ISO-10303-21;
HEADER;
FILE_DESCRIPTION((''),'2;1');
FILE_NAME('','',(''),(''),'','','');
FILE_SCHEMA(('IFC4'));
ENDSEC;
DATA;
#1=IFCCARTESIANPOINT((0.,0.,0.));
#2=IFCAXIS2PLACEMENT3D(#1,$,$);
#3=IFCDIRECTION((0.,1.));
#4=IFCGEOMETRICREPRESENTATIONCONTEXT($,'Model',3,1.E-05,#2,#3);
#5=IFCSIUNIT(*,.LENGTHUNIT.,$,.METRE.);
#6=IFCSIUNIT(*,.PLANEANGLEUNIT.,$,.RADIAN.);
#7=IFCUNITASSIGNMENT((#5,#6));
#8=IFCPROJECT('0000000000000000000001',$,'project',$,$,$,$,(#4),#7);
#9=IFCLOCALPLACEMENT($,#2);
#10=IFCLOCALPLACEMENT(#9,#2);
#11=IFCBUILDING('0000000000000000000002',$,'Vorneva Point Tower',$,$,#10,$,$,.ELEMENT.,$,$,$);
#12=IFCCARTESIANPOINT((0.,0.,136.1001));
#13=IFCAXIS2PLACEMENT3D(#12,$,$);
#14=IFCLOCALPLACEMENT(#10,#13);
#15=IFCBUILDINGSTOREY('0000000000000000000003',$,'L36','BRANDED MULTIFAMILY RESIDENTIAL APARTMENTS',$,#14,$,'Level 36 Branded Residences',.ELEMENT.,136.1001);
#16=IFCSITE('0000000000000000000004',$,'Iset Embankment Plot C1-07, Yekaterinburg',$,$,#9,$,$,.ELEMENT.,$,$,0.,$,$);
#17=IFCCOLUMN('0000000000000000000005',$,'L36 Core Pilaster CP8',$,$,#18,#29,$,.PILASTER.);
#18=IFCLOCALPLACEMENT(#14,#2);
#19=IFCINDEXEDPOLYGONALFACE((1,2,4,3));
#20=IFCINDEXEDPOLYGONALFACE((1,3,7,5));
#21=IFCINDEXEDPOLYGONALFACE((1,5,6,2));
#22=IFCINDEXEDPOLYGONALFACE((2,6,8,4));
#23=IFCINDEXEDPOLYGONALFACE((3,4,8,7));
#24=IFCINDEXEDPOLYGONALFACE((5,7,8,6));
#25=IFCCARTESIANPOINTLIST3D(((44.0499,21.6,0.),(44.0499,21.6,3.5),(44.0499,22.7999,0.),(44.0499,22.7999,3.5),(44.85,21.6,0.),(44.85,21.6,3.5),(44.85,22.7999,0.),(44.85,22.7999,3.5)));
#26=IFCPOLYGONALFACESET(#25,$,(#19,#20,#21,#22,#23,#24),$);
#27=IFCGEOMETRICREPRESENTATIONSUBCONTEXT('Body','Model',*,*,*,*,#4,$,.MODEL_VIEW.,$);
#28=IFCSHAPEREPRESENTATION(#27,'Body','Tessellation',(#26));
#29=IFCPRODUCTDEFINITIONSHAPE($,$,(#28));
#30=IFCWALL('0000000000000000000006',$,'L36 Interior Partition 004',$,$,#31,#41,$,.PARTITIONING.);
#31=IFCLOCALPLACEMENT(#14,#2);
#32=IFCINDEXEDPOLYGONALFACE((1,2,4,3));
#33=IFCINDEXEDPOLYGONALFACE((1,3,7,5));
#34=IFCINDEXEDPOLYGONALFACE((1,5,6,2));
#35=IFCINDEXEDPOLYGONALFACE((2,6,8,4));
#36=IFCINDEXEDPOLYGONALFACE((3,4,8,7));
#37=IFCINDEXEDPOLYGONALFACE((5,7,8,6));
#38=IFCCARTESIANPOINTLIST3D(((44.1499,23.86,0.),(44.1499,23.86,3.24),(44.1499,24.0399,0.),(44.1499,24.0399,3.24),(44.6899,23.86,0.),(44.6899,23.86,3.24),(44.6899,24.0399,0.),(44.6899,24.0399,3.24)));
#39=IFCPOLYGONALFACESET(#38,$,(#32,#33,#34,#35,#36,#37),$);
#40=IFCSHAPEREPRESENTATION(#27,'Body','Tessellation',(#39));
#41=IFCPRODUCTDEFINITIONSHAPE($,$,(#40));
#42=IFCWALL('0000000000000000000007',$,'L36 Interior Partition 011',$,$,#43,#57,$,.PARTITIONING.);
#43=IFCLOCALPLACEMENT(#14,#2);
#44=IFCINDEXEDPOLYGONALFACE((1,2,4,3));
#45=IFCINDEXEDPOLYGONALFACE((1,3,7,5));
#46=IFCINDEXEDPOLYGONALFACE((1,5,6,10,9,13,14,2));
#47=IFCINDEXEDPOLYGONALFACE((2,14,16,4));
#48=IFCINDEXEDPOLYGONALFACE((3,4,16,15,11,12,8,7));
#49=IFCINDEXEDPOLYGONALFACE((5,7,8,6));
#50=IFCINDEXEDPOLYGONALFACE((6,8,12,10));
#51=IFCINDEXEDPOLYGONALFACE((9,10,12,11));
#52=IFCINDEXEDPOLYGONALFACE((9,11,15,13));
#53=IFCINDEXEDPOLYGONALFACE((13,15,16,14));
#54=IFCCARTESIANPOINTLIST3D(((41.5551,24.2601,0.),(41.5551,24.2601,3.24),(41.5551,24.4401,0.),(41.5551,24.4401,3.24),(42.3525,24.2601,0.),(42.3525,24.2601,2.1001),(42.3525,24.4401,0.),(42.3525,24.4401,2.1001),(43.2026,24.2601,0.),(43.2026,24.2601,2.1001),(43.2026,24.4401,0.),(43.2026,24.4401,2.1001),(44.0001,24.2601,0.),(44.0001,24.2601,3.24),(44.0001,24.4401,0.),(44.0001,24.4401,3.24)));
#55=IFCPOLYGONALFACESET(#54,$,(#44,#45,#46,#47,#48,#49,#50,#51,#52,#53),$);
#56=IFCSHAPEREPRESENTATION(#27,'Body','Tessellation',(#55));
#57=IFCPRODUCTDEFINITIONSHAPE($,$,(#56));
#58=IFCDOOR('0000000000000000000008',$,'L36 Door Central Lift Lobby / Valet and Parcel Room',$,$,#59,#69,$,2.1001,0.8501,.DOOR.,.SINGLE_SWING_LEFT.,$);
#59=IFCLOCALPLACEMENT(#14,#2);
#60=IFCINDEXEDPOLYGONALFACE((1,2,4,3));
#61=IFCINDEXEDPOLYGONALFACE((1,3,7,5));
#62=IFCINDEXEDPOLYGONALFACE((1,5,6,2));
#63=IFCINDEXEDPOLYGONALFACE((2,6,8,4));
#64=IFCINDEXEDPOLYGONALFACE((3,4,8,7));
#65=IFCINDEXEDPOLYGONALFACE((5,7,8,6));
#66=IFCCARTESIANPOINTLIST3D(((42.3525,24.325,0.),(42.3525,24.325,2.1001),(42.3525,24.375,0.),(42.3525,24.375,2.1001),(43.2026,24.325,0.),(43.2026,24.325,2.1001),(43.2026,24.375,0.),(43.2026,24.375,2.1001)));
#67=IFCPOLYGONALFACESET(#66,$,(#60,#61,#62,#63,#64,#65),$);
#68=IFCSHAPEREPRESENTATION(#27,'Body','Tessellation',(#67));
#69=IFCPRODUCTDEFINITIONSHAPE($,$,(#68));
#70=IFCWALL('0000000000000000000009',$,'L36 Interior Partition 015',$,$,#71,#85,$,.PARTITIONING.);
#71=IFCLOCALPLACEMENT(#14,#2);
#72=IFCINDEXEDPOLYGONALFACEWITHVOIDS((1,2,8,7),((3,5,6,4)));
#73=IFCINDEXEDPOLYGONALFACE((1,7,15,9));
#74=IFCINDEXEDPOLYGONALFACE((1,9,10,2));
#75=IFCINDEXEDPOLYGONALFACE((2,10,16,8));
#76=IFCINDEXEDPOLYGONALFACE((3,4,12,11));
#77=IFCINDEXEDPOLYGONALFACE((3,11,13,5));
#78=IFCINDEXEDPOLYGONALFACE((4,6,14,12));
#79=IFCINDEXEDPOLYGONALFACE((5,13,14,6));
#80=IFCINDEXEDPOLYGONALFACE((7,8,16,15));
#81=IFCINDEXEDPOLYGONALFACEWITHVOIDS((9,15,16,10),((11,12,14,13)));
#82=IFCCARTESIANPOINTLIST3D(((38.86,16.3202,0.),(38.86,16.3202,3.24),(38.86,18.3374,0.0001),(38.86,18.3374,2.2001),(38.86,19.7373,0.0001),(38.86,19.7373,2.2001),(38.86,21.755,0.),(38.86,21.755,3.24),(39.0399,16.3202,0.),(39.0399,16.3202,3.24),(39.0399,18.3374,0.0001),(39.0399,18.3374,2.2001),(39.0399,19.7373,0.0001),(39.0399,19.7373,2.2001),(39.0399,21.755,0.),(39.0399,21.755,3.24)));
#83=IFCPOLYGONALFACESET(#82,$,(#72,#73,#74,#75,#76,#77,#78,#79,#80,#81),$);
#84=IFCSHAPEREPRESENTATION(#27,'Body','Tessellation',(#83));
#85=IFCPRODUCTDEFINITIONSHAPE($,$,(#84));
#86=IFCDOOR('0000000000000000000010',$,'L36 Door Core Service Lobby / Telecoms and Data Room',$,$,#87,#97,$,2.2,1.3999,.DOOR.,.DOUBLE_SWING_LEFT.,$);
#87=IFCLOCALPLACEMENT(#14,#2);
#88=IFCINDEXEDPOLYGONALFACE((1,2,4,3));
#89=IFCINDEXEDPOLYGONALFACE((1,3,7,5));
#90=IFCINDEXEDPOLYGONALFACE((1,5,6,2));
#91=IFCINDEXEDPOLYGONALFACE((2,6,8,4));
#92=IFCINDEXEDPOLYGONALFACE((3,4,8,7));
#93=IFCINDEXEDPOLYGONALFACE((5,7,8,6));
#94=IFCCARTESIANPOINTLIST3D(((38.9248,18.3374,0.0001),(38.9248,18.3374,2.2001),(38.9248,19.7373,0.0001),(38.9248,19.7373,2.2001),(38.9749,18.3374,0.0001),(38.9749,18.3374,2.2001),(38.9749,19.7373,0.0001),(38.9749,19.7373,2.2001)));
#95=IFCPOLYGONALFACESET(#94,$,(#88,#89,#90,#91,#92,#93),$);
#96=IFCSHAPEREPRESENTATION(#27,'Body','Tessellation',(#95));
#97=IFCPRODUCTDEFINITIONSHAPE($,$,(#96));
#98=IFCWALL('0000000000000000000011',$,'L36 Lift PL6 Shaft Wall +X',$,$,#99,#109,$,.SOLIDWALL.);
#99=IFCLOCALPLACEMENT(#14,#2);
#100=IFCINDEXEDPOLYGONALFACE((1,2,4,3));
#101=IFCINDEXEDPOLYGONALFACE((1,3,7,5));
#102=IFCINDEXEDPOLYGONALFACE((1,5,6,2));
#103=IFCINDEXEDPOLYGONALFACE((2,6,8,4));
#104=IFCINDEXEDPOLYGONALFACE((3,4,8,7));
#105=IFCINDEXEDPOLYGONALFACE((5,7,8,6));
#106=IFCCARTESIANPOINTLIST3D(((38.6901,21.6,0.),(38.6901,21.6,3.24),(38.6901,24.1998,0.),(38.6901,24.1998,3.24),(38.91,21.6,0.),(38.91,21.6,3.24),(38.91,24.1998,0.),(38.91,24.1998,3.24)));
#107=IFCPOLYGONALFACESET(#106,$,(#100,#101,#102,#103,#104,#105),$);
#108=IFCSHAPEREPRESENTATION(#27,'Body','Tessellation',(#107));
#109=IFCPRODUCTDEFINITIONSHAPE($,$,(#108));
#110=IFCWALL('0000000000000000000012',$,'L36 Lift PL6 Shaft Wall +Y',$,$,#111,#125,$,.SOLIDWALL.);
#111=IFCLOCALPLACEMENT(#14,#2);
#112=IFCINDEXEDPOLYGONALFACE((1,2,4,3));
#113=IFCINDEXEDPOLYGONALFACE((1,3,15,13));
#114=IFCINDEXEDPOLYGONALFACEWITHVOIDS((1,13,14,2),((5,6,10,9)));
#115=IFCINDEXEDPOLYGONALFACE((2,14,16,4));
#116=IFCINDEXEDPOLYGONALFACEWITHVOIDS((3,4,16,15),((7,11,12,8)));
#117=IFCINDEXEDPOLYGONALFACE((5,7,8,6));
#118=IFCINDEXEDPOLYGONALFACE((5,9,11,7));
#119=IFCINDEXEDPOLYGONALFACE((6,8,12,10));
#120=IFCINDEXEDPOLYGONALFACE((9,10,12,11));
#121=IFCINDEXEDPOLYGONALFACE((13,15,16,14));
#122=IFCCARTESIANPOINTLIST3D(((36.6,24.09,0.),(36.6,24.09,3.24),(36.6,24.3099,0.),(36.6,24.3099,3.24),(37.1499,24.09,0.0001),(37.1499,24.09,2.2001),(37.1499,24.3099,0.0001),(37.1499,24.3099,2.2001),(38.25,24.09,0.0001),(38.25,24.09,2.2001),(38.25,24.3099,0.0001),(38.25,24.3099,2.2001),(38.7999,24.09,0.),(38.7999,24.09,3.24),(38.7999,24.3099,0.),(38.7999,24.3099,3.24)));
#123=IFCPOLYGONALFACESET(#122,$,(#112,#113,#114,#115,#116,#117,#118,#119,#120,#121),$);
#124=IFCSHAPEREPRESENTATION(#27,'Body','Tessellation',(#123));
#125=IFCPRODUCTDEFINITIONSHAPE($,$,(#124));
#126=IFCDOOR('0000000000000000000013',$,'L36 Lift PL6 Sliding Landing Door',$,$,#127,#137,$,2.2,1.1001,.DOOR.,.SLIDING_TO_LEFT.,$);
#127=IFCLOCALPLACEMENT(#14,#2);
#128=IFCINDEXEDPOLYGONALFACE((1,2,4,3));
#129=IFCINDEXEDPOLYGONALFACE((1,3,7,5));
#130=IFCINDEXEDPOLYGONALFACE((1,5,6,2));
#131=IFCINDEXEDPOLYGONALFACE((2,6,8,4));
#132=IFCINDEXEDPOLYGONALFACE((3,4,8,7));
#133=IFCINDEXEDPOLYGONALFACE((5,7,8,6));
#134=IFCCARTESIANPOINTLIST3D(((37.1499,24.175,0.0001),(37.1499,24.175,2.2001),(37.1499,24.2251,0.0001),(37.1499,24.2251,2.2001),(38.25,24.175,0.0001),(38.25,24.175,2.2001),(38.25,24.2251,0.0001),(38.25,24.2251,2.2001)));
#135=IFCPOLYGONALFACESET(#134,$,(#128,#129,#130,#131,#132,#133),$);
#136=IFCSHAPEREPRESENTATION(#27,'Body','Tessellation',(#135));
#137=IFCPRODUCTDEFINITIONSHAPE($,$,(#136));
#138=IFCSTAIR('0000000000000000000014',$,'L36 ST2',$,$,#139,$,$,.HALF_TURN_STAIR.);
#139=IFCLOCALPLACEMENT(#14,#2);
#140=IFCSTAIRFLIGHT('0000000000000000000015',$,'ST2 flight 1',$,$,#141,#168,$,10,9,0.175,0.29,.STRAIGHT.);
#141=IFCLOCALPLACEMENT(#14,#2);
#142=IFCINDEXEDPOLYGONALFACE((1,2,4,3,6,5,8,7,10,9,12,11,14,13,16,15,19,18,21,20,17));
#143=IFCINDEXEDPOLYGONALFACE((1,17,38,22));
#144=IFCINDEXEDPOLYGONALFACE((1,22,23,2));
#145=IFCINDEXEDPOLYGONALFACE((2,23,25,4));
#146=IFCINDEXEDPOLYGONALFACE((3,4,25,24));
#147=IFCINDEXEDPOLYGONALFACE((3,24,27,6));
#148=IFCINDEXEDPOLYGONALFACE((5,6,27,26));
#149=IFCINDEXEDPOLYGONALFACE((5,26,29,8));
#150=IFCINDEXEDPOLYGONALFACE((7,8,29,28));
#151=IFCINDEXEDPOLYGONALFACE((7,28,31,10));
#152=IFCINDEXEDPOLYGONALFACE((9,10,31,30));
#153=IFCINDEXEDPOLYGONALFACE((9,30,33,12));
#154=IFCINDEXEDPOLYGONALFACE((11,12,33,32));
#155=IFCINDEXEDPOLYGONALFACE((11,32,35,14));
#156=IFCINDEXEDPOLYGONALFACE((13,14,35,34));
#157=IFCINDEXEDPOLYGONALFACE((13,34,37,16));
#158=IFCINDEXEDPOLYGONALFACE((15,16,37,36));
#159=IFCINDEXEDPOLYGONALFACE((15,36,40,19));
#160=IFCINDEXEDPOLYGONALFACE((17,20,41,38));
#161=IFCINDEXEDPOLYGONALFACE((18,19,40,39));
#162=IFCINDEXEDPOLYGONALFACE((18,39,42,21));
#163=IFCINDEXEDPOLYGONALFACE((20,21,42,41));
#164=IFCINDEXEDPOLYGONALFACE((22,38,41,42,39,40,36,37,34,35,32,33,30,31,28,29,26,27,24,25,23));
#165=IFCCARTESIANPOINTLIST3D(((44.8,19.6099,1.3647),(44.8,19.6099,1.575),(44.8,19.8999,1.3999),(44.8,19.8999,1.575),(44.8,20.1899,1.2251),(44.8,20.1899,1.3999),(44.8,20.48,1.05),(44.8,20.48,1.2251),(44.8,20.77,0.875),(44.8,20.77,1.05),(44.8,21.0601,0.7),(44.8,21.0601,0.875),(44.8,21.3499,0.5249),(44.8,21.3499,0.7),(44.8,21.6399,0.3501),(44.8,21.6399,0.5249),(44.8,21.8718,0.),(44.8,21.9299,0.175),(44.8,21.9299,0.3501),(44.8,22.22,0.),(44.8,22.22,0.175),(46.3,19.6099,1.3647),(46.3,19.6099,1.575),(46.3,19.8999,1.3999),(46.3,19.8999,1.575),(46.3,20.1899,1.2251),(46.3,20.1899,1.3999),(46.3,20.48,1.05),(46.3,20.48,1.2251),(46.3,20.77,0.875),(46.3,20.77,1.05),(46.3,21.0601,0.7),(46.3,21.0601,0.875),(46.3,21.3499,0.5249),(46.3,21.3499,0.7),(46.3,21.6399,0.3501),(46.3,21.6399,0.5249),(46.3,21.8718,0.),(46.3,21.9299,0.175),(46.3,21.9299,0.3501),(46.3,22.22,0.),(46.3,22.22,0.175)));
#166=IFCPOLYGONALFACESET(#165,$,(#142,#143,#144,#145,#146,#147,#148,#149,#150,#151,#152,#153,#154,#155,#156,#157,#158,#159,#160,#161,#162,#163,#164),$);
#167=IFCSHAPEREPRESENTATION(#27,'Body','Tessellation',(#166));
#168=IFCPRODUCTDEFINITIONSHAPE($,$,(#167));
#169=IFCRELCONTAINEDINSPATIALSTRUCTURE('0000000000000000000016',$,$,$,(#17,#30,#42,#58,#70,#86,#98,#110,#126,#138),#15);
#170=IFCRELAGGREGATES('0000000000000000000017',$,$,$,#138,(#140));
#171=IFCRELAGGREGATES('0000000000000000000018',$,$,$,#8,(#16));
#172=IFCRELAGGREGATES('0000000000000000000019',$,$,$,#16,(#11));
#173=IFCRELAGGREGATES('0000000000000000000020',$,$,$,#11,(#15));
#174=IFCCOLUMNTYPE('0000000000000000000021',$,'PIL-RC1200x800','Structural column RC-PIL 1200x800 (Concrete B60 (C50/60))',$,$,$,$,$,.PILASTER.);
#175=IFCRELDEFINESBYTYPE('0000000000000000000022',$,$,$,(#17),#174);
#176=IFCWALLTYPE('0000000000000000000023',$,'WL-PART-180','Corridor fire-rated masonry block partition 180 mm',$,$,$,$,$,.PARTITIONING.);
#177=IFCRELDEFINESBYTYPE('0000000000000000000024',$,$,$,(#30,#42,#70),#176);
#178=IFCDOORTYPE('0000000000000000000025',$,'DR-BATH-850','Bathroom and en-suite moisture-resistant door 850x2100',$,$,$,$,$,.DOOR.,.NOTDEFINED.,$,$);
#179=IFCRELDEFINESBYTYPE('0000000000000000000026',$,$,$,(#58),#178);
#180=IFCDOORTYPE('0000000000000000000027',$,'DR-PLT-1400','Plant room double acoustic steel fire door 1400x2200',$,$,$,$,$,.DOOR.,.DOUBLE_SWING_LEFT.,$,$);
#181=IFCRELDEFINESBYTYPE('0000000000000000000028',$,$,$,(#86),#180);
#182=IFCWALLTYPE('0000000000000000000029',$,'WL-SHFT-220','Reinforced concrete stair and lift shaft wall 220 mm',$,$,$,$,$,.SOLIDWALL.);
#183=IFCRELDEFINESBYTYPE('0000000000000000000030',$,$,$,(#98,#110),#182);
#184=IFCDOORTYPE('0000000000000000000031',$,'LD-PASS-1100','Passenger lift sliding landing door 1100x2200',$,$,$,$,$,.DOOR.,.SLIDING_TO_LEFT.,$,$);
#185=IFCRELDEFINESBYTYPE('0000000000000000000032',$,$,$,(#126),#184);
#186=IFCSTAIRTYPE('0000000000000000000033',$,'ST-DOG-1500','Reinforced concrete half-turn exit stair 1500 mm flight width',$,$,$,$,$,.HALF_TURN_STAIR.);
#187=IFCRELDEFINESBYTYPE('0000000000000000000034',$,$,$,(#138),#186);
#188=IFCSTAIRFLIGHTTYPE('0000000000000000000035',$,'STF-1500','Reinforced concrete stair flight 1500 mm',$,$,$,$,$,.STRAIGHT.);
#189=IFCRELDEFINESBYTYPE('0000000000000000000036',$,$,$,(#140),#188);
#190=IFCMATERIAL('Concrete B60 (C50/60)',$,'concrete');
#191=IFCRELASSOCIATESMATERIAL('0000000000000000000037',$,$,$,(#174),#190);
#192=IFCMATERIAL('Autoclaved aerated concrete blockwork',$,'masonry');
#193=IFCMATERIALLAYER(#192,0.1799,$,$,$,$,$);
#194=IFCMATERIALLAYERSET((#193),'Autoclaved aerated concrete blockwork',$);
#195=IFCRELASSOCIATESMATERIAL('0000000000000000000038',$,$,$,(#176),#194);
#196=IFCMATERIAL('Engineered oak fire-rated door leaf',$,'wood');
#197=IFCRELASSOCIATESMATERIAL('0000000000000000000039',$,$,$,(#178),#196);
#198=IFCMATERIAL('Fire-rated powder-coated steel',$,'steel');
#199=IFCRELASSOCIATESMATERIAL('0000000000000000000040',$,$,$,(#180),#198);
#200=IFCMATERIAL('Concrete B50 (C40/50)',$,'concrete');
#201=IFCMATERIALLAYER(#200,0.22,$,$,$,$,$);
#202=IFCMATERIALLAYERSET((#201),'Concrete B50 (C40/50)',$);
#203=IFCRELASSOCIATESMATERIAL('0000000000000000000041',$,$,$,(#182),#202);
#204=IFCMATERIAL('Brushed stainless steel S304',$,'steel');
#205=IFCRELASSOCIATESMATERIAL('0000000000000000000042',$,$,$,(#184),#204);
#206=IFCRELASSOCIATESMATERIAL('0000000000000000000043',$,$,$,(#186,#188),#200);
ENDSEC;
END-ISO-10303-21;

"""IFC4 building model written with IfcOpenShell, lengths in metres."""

from ifc_helpers import new_model, si_unit, direction, frame, frame_2d, origin, origin_2d, place, context, subcontext, project, spatial, polyline, rectangle, outline, extrude, material, layer, layer_set, material_profile, profile_set, type_object, element, fill, aggregate, save


model = new_model("IFC4")

# Units and contexts
model_context = context("Model", 3, precision=1e-05, world=origin(), true_north=direction((0.0, 1.0)))
body_context = subcontext(model_context, "Body", "Model", "MODEL_VIEW")
ifc_project = project(units=[si_unit("LENGTHUNIT", "METRE"), si_unit("PLANEANGLEUNIT", "RADIAN")], contexts=[model_context])

# Site, building, storey
site_placement = place(None, origin())
site = spatial("IfcSite", under=ifc_project, at=site_placement, Name="Iset Embankment Plot C1-07, Yekaterinburg", CompositionType="ELEMENT", RefElevation=0.0)
building_placement = place(site_placement, origin())
building = spatial("IfcBuilding", under=site, at=building_placement, Name="Vorneva Point Tower", CompositionType="ELEMENT")
storey_placement = place(building_placement, frame((0.0, 0.0, 136.1001)))
storey = spatial("IfcBuildingStorey", under=building, at=storey_placement, Name="L36", Description="BRANDED MULTIFAMILY RESIDENTIAL APARTMENTS", LongName="Level 36 Branded Residences", CompositionType="ELEMENT", Elevation=136.1001)

# Column
ifc_material_1 = material(Name="Concrete B60 (C50/60)", Category="concrete")
ifc_material_profile = material_profile(ifc_material_1, rectangle(XDim=0.8, YDim=1.2, at=origin_2d()), Name="RC-PIL 1200x800")
ifc_profile_set = profile_set([ifc_material_profile], Name="Concrete B60 (C50/60)")
column_type = type_object("IfcColumnType", Name="PIL-RC1200x800", Description="Structural column RC-PIL 1200x800 (Concrete B60 (C50/60))", PredefinedType="PILASTER", material=ifc_profile_set)
column_placement = place(storey_placement, frame((44.45, 22.2, 0.0), z_axis=(0.0, 0.0, 1.0), x_axis=(1.0, 0.0, 0.0)))
element("IfcColumn", 1, at=column_placement, inside=storey, type_object=column_type, Name="L36 Core Pilaster CP8", PredefinedType="PILASTER", context=body_context, shape_type="SweptSolid", body=[
    extrude(rectangle(XDim=0.8, YDim=1.2, at=origin_2d()), origin(), (0.0, 0.0, 1.0), 3.5),
])

# Wall
ifc_material_2 = material(Name="Autoclaved aerated concrete blockwork", Category="masonry")
ifc_layer_1 = layer(ifc_material_2, 0.1799)
ifc_layer_set_1 = layer_set([ifc_layer_1], Name="Autoclaved aerated concrete blockwork")
wall_type_1 = type_object("IfcWallType", Name="WL-PART-180", Description="Corridor fire-rated masonry block partition 180 mm", PredefinedType="PARTITIONING", material=ifc_layer_set_1)
wall_1_placement = place(storey_placement, frame((44.1499, 23.95, 0.0), z_axis=(0.0, 0.0, 1.0), x_axis=(1.0, 0.0, 0.0)))
element("IfcWall", 2, at=wall_1_placement, inside=storey, type_object=wall_type_1, Name="L36 Interior Partition 004", PredefinedType="PARTITIONING", context=body_context, shape_type="SweptSolid", body=[
    extrude(rectangle(XDim=0.54, YDim=0.1799, at=frame_2d((0.27, 0.0))), origin(), (0.0, 0.0, 1.0), 3.24),
])

# Walls, openings, doors
ifc_material_3 = material(Name="Fire-rated powder-coated steel", Category="steel")
wall_2_placement = place(storey_placement, frame((41.5549, 24.3501, 0.0), z_axis=(0.0, 0.0, 1.0), x_axis=(1.0, 0.0, 0.0)))
wall_2 = element("IfcWall", 3, at=wall_2_placement, inside=storey, type_object=wall_type_1, Name="L36 Interior Partition 011", PredefinedType="PARTITIONING", context=body_context, shape_type="SweptSolid", body=[
    extrude(rectangle(XDim=2.4451, YDim=0.1799, at=frame_2d((1.2227, 0.0))), origin(), (0.0, 0.0, 1.0), 3.24),
])
opening_1_placement = place(wall_2_placement, frame((0.7976, 0.0, 0.0)))
opening_1 = element("IfcOpeningElement", 4, at=opening_1_placement, cuts=wall_2, PredefinedType="OPENING", context=body_context, shape_type="SweptSolid", body=[
    extrude(rectangle(XDim=0.8501, YDim=2.1001, at=frame_2d((0.425, 1.05))), frame((0.0, 0.105, 0.0), z_axis=(0.0, -1.0, 0.0), x_axis=(1.0, 0.0, 0.0)), (0.0, 0.0, 1.0), 0.2097),
])
ifc_material_4 = material(Name="Engineered oak fire-rated door leaf", Category="wood")
door_type_1 = type_object("IfcDoorType", Name="DR-BATH-850", Description="Bathroom and en-suite moisture-resistant door 850x2100", OperationType="NOTDEFINED", PredefinedType="DOOR", material=ifc_material_4)
door_1_placement = place(opening_1_placement, origin())
door_1 = element("IfcDoor", 5, at=door_1_placement, inside=storey, type_object=door_type_1, Name="L36 Door Central Lift Lobby / Valet and Parcel Room", OperationType="SINGLE_SWING_LEFT", OverallHeight=2.1001, OverallWidth=0.8501, PredefinedType="DOOR", context=body_context, shape_type="SweptSolid", body=[
    extrude(rectangle(XDim=0.8501, YDim=2.1001, at=frame_2d((0.425, 1.05))), frame((0.0, 0.0249, 0.0), z_axis=(0.0, -1.0, 0.0), x_axis=(1.0, 0.0, 0.0)), (0.0, 0.0, 1.0), 0.05),
])
fill(opening_1, door_1)
wall_3_placement = place(storey_placement, frame((38.95, 21.7549, 0.0), z_axis=(0.0, 0.0, 1.0), x_axis=(0.0, -1.0, 0.0)))
wall_3 = element("IfcWall", 6, at=wall_3_placement, inside=storey, type_object=wall_type_1, Name="L36 Interior Partition 015", PredefinedType="PARTITIONING", context=body_context, shape_type="SweptSolid", body=[
    extrude(rectangle(XDim=5.4348, YDim=0.1799, at=frame_2d((2.7173, 0.0))), origin(), (0.0, 0.0, 1.0), 3.24),
])
opening_2_placement = place(wall_3_placement, frame((2.0176, 0.0, 0.0)))
opening_2 = element("IfcOpeningElement", 7, at=opening_2_placement, cuts=wall_3, PredefinedType="OPENING", context=body_context, shape_type="SweptSolid", body=[
    extrude(rectangle(XDim=1.3999, YDim=2.2, at=frame_2d((0.7, 1.1001))), frame((0.0, 0.105, 0.0), z_axis=(0.0, -1.0, 0.0), x_axis=(1.0, 0.0, 0.0)), (0.0, 0.0, 1.0), 0.2097),
])
door_type_2 = type_object("IfcDoorType", Name="DR-PLT-1400", Description="Plant room double acoustic steel fire door 1400x2200", OperationType="DOUBLE_SWING_LEFT", PredefinedType="DOOR", material=ifc_material_3)
door_2_placement = place(opening_2_placement, origin())
door_2 = element("IfcDoor", 8, at=door_2_placement, inside=storey, type_object=door_type_2, Name="L36 Door Core Service Lobby / Telecoms and Data Room", OperationType="DOUBLE_SWING_LEFT", OverallHeight=2.2, OverallWidth=1.3999, PredefinedType="DOOR", context=body_context, shape_type="SweptSolid", body=[
    extrude(rectangle(XDim=1.3999, YDim=2.2, at=frame_2d((0.7, 1.1001))), frame((0.0, 0.0249, 0.0), z_axis=(0.0, -1.0, 0.0), x_axis=(1.0, 0.0, 0.0)), (0.0, 0.0, 1.0), 0.05),
])
fill(opening_2, door_2)
ifc_material_5 = material(Name="Concrete B50 (C40/50)", Category="concrete")
ifc_layer_2 = layer(ifc_material_5, 0.22)
ifc_layer_set_2 = layer_set([ifc_layer_2], Name="Concrete B50 (C40/50)")
wall_type_2 = type_object("IfcWallType", Name="WL-SHFT-220", Description="Reinforced concrete stair and lift shaft wall 220 mm", PredefinedType="SOLIDWALL", material=ifc_layer_set_2)

# Wall
wall_4_placement = place(storey_placement, frame((38.8, 21.6001, 0.0), z_axis=(0.0, 0.0, 1.0), x_axis=(0.0, 1.0, 0.0)))
element("IfcWall", 9, at=wall_4_placement, inside=storey, type_object=wall_type_2, Name="L36 Lift PL6 Shaft Wall +X", PredefinedType="SOLIDWALL", context=body_context, shape_type="SweptSolid", body=[
    extrude(rectangle(XDim=2.5999, YDim=0.22, at=frame_2d((1.2998, 0.0))), origin(), (0.0, 0.0, 1.0), 3.24),
])

# Wall, opening, door
wall_5_placement = place(storey_placement, frame((38.8, 24.2, 0.0), z_axis=(0.0, 0.0, 1.0), x_axis=(-1.0, 0.0, 0.0)))
wall_5 = element("IfcWall", 10, at=wall_5_placement, inside=storey, type_object=wall_type_2, Name="L36 Lift PL6 Shaft Wall +Y", PredefinedType="SOLIDWALL", context=body_context, shape_type="SweptSolid", body=[
    extrude(rectangle(XDim=2.2, YDim=0.22, at=frame_2d((1.1001, 0.0))), origin(), (0.0, 0.0, 1.0), 3.24),
])
opening_3_placement = place(wall_5_placement, frame((0.55, 0.0, 0.0)))
opening_3 = element("IfcOpeningElement", 11, at=opening_3_placement, cuts=wall_5, PredefinedType="OPENING", context=body_context, shape_type="SweptSolid", body=[
    extrude(rectangle(XDim=1.1001, YDim=2.2, at=frame_2d((0.55, 1.1001))), frame((0.0, 0.125, 0.0), z_axis=(0.0, -1.0, 0.0), x_axis=(1.0, 0.0, 0.0)), (0.0, 0.0, 1.0), 0.2498),
])
ifc_material_6 = material(Name="Brushed stainless steel S304", Category="steel")
door_type_3 = type_object("IfcDoorType", Name="LD-PASS-1100", Description="Passenger lift sliding landing door 1100x2200", OperationType="SLIDING_TO_LEFT", PredefinedType="DOOR", material=ifc_material_6)
door_3_placement = place(opening_3_placement, origin())
door_3 = element("IfcDoor", 12, at=door_3_placement, inside=storey, type_object=door_type_3, Name="L36 Lift PL6 Sliding Landing Door", OperationType="SLIDING_TO_LEFT", OverallHeight=2.2, OverallWidth=1.1001, PredefinedType="DOOR", context=body_context, shape_type="SweptSolid", body=[
    extrude(rectangle(XDim=1.1001, YDim=2.2, at=frame_2d((0.55, 1.1001))), frame((0.0, 0.0249, 0.0), z_axis=(0.0, -1.0, 0.0), x_axis=(1.0, 0.0, 0.0)), (0.0, 0.0, 1.0), 0.05),
])
fill(opening_3, door_3)

# Stair, stair flight
stair_type = type_object("IfcStairType", Name="ST-DOG-1500", Description="Reinforced concrete half-turn exit stair 1500 mm flight width", PredefinedType="HALF_TURN_STAIR", material=ifc_material_5)
stair_placement = place(storey_placement, origin())
stair = element("IfcStair", 13, at=stair_placement, inside=storey, type_object=stair_type, Name="L36 ST2", PredefinedType="HALF_TURN_STAIR")
stair_flight_type = type_object("IfcStairFlightType", Name="STF-1500", Description="Reinforced concrete stair flight 1500 mm", PredefinedType="STRAIGHT", material=ifc_material_5)
stair_flight_placement = place(storey_placement, frame((45.55, 22.22, 0.0), z_axis=(0.0, 0.0, 1.0), x_axis=(0.0, -1.0, 0.0)))
stair_flight = element("IfcStairFlight", 14, at=stair_flight_placement, type_object=stair_flight_type, Name="ST2 flight 1", NumberOfRisers=10, NumberOfTreads=9, PredefinedType="STRAIGHT", RiserHeight=0.175, TreadLength=0.29, context=body_context, shape_type="SweptSolid", body=[
    extrude(outline(polyline([(0.0, 0.0), (0.0, 0.175), (0.29, 0.175), (0.29, 0.3501), (0.5801, 0.3501), (0.5801, 0.5249), (0.8701, 0.5249), (0.8701, 0.7), (1.1599, 0.7), (1.1599, 0.875), (1.45, 0.875), (1.45, 1.05), (1.74, 1.05), (1.74, 1.2251), (2.03, 1.2251), (2.03, 1.3999), (2.3201, 1.3999), (2.3201, 1.575), (2.6101, 1.575), (2.6101, 1.75), (2.6101, 1.3647), (0.3481, 0.0), (0.0, 0.0)])), frame((0.0, 0.75, 0.0), z_axis=(0.0, -1.0, 0.0), x_axis=(1.0, 0.0, 0.0)), (0.0, 0.0, 1.0), 1.5),
])
aggregate(stair, [stair_flight])

save(model, "model.ifc")
